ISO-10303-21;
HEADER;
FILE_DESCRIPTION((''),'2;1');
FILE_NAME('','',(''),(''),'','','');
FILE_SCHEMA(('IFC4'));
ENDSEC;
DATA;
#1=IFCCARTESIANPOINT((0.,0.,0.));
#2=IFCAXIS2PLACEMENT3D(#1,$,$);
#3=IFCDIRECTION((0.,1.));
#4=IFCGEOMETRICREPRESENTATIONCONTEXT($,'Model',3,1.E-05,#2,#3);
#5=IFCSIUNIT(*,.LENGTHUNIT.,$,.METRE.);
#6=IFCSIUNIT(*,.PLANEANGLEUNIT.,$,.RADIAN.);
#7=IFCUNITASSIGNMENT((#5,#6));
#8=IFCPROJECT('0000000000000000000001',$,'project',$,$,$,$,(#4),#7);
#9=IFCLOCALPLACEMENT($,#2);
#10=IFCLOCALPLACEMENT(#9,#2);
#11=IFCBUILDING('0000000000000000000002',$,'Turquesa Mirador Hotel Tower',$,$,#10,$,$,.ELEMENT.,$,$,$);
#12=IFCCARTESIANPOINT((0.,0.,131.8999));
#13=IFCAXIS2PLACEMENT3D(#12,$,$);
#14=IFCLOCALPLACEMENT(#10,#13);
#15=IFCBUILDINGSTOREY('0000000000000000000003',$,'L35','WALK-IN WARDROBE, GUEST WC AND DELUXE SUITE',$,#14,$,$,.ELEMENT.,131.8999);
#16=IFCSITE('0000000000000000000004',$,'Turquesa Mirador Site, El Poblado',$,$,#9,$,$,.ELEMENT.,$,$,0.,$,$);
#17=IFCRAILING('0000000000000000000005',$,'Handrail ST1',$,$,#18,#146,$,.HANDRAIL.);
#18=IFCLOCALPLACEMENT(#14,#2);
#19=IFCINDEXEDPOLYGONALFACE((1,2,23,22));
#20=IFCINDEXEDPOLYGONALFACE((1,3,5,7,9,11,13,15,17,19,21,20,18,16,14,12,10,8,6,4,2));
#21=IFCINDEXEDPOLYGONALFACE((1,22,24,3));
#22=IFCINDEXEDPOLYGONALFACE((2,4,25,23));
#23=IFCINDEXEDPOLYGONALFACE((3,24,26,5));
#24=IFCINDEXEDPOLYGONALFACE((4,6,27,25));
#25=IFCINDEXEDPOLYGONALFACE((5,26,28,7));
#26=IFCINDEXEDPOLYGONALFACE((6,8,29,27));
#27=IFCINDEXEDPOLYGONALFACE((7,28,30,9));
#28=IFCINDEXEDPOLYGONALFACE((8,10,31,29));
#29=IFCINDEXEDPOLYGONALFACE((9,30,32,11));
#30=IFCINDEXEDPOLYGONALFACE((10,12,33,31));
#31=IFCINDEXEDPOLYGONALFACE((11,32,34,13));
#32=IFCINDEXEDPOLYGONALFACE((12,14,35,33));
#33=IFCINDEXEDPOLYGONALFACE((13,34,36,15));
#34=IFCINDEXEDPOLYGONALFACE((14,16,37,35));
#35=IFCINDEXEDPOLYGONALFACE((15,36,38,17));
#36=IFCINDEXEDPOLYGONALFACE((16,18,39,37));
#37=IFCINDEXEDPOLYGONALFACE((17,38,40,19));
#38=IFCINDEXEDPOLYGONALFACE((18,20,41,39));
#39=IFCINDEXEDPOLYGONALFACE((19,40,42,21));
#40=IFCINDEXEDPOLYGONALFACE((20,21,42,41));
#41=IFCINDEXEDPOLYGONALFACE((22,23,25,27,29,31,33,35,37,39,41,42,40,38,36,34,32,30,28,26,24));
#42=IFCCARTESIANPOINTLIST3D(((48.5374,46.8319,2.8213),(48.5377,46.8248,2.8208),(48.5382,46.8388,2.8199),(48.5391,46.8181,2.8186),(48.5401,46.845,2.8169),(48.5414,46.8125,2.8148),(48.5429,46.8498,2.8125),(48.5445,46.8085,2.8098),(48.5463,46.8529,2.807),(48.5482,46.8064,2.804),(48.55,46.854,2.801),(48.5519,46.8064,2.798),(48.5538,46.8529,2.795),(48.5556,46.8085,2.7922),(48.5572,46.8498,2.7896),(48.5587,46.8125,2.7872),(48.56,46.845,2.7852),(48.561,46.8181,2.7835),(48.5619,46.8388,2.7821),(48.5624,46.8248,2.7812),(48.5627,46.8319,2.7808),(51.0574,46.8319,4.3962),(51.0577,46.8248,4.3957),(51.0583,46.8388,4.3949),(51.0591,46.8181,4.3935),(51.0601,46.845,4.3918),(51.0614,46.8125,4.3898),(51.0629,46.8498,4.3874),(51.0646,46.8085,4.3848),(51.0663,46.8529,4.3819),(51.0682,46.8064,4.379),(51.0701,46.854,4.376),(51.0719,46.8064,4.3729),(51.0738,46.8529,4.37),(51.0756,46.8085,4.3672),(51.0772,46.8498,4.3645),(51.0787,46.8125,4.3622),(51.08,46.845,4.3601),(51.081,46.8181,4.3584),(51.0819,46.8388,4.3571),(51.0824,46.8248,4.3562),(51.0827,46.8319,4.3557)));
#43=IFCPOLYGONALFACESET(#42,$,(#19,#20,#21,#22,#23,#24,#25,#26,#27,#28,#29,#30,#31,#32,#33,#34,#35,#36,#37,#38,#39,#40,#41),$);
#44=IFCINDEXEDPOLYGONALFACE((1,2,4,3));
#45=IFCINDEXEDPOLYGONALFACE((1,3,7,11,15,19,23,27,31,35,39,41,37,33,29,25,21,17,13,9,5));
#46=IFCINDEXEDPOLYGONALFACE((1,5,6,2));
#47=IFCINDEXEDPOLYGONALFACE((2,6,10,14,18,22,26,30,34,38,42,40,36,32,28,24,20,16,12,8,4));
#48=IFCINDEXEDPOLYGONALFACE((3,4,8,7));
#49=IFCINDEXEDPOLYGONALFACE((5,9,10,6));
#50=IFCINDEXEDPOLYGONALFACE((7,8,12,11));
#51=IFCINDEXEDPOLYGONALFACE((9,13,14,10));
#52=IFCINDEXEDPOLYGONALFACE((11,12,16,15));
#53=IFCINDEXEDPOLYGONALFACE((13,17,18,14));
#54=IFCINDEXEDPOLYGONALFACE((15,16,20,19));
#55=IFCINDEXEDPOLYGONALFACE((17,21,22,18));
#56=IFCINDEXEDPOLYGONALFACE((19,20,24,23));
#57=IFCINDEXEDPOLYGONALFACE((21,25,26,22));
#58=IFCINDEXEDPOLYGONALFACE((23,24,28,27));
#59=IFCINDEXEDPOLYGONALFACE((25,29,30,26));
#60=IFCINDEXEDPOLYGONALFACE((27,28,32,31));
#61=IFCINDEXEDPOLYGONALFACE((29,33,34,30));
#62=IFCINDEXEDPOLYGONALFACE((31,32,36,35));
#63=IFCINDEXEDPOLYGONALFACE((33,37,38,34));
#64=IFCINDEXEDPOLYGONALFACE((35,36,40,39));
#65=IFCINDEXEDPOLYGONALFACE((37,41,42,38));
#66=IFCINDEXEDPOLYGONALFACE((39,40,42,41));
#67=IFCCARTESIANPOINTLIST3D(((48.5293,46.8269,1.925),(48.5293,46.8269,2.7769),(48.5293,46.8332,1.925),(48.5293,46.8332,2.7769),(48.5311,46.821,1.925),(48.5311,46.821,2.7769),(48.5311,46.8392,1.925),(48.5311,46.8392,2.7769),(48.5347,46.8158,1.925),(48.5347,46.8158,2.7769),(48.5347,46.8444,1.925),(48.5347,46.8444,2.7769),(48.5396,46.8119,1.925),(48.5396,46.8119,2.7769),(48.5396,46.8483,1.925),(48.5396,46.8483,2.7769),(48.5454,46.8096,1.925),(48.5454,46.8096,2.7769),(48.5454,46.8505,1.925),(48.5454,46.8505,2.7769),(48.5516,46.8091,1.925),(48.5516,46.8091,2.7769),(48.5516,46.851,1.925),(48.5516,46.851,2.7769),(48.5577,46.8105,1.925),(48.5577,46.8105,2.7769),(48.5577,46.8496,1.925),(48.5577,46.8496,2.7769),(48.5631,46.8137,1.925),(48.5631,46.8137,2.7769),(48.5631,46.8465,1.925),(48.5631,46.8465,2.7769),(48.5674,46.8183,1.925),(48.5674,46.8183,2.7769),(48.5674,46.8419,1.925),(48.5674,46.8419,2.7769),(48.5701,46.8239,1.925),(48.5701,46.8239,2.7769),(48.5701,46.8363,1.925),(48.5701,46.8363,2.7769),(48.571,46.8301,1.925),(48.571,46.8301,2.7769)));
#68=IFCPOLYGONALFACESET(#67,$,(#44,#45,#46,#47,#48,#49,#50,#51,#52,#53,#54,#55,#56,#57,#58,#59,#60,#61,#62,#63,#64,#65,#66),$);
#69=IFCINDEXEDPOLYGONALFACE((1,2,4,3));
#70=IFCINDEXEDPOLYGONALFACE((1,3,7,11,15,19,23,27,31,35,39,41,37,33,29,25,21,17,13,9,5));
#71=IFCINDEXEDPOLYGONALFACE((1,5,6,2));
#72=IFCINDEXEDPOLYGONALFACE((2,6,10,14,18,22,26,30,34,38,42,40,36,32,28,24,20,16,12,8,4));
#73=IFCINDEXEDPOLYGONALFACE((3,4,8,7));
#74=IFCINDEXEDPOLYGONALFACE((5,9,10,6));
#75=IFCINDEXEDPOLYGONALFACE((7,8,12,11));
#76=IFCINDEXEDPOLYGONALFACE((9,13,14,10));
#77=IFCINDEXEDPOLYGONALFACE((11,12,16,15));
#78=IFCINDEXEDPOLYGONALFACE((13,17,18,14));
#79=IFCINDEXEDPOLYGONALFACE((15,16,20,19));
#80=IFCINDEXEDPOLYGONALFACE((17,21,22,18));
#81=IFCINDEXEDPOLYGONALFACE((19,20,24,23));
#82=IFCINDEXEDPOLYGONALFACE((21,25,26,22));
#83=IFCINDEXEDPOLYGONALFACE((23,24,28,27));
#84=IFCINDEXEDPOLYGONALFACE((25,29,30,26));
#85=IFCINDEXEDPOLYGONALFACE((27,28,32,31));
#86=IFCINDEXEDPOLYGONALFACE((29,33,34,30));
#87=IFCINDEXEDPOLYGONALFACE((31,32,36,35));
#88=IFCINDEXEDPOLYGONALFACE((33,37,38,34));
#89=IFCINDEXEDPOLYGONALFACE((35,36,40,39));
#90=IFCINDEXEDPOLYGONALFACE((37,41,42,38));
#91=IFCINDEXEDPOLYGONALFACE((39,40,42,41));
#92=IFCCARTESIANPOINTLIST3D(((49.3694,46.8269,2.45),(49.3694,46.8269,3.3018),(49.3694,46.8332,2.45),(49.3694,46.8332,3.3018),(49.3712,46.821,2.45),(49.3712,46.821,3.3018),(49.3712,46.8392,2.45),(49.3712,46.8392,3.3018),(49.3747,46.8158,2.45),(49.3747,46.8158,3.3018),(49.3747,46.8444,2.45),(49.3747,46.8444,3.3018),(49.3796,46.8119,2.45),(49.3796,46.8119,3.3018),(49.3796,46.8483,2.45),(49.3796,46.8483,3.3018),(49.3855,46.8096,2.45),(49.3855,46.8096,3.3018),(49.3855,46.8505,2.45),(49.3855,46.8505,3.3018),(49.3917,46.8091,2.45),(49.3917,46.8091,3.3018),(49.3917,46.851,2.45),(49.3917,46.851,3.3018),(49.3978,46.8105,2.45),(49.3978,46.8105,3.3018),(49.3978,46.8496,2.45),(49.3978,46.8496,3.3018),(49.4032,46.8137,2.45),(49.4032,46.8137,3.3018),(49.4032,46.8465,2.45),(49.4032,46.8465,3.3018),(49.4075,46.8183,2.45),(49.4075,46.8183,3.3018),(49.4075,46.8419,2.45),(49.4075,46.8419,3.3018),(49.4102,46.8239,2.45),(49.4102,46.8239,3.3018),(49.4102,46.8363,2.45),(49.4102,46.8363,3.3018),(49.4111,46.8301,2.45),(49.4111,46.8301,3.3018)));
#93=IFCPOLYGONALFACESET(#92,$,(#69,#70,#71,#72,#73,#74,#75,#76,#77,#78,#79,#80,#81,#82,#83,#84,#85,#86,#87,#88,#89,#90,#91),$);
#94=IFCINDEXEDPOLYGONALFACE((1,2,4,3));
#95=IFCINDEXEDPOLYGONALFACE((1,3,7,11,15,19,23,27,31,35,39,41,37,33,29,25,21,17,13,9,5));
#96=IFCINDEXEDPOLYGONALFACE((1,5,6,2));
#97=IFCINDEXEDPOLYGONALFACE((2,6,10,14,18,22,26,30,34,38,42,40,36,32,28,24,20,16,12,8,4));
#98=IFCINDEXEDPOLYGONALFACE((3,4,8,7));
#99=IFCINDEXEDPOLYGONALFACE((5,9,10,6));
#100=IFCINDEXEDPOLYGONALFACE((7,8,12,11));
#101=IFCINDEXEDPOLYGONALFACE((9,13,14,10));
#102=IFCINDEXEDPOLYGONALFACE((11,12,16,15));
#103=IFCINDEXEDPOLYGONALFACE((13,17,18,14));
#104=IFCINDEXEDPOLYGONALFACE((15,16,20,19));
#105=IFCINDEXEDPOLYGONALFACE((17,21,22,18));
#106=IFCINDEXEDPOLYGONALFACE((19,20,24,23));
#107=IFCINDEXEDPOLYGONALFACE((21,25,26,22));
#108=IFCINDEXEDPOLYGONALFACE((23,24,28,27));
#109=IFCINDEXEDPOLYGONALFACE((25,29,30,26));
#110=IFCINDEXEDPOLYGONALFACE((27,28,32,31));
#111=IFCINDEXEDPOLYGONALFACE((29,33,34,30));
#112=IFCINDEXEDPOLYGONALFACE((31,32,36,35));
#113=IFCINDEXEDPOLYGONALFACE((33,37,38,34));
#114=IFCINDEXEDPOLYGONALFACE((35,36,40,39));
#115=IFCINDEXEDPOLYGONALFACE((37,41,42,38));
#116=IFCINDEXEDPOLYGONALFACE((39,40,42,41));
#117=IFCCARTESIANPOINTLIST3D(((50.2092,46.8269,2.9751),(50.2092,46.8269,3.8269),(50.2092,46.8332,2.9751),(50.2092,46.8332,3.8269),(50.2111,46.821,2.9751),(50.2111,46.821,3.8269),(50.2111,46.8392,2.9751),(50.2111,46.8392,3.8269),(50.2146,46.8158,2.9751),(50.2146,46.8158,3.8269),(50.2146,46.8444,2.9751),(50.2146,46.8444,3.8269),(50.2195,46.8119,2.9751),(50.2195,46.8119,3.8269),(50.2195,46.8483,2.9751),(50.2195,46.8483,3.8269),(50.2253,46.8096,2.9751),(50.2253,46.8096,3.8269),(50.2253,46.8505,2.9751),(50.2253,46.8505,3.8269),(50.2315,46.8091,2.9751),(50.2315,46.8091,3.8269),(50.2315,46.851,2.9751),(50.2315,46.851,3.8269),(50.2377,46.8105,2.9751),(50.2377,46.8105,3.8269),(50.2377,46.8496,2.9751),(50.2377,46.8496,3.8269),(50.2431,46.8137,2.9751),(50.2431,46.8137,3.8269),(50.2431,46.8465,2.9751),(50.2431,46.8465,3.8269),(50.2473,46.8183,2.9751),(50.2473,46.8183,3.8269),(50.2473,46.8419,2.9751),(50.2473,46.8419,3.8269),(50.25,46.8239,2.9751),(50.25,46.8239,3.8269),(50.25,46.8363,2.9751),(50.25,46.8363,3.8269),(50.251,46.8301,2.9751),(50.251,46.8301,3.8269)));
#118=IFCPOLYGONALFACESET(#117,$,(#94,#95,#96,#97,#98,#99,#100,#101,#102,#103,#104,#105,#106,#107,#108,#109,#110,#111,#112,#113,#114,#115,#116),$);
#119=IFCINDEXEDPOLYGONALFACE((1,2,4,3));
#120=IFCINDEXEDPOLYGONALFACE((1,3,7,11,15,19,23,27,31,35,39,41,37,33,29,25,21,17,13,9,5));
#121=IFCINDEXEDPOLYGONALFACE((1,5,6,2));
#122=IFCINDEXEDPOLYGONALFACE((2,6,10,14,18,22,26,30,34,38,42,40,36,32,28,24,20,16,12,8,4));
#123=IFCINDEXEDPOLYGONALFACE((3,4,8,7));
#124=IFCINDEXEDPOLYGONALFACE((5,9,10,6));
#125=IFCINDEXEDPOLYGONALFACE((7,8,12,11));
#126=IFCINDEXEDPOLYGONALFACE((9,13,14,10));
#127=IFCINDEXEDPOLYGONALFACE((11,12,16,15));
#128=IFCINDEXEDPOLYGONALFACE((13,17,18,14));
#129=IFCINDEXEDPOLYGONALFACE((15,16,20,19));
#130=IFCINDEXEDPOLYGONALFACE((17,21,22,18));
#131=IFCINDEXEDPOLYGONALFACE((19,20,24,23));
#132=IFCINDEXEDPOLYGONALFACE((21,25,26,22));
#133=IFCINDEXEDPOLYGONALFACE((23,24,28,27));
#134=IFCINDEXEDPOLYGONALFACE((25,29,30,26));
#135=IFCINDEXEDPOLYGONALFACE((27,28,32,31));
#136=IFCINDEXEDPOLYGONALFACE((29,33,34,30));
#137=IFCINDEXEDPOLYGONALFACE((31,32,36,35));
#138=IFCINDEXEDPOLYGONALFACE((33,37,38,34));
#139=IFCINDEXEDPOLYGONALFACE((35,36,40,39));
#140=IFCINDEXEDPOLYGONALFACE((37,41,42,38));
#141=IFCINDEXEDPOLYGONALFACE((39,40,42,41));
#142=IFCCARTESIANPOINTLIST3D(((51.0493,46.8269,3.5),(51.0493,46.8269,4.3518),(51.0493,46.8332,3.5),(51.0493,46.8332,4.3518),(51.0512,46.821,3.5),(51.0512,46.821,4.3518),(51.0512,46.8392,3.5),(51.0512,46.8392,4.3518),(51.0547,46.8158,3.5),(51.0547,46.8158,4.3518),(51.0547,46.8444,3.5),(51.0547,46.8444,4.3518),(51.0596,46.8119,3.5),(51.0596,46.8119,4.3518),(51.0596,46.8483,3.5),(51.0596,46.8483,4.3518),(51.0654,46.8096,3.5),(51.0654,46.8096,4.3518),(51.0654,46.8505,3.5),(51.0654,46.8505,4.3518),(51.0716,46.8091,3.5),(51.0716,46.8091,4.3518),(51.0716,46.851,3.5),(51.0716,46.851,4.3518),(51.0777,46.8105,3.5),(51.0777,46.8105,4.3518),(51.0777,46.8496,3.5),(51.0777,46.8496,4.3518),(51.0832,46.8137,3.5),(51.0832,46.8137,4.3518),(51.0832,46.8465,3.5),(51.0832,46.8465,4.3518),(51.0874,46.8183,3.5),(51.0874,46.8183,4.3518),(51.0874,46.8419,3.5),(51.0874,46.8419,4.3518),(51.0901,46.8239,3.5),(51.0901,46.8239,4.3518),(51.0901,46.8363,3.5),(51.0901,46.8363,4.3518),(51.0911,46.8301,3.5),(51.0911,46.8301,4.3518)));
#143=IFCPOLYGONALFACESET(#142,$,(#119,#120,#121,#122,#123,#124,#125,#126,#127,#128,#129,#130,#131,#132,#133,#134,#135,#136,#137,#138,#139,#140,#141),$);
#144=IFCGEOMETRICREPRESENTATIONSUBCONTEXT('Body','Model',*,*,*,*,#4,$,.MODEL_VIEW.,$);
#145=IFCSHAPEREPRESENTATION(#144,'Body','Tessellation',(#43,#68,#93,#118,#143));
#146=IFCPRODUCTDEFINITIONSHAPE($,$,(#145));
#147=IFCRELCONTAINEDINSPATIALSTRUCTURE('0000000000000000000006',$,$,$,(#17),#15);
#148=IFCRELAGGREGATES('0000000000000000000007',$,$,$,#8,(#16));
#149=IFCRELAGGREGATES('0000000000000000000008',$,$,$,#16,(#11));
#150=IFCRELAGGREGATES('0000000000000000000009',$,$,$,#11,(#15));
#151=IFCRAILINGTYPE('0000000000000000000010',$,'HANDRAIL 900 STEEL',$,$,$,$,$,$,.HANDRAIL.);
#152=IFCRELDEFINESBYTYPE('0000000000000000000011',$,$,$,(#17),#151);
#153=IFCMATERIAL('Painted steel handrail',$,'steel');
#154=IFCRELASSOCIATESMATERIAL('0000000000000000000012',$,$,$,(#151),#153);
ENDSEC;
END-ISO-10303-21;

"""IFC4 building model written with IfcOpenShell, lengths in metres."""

from ifc_helpers import new_model, si_unit, direction, frame, origin, origin_2d, place, context, subcontext, project, spatial, circle, extrude, material, type_object, element, save


model = new_model("IFC4")

# Units and contexts
model_context = context("Model", 3, precision=1e-05, world=origin(), true_north=direction((0.0, 1.0)))
body_context = subcontext(model_context, "Body", "Model", "MODEL_VIEW")
ifc_project = project(units=[si_unit("LENGTHUNIT", "METRE"), si_unit("PLANEANGLEUNIT", "RADIAN")], contexts=[model_context])

# Site, building, storey
site_placement = place(None, origin())
site = spatial("IfcSite", under=ifc_project, at=site_placement, Name="Turquesa Mirador Site, El Poblado", CompositionType="ELEMENT", RefElevation=0.0)
building_placement = place(site_placement, origin())
building = spatial("IfcBuilding", under=site, at=building_placement, Name="Turquesa Mirador Hotel Tower", CompositionType="ELEMENT")
storey_placement = place(building_placement, frame((0.0, 0.0, 131.8999)))
storey = spatial("IfcBuildingStorey", under=building, at=storey_placement, Name="L35", Description="WALK-IN WARDROBE, GUEST WC AND DELUXE SUITE", CompositionType="ELEMENT", Elevation=131.8999)

# Railing
ifc_material_1 = material(Name="Painted steel handrail", Category="steel")
railing_type = type_object("IfcRailingType", Name="HANDRAIL 900 STEEL", PredefinedType="HANDRAIL", material=ifc_material_1)
for number, where, name in (
    (1, (48.55, 46.8301, 1.925), "Handrail ST1"),
):
    element("IfcRailing", number, at=place(storey_placement, frame(where)), inside=storey, type_object=railing_type, Name=name, PredefinedType="HANDRAIL", context=body_context, shape_type="SweptSolid", body=[
        extrude(circle(Radius=0.0239, at=origin_2d()), frame((0.0, 0.0, 0.876), z_axis=(0.848008, 0.0, 0.529984), x_axis=(0.0, 1.0, 0.0)), (0.0, 0.0, 1.0), 2.9717),
        extrude(circle(Radius=0.021, at=origin_2d()), origin(), (0.0, 0.0, 1.0), 0.8518),
        extrude(circle(Radius=0.021, at=origin_2d()), frame((0.8401, 0.0, 0.5249)), (0.0, 0.0, 1.0), 0.8518),
        extrude(circle(Radius=0.021, at=origin_2d()), frame((1.6799, 0.0, 1.05)), (0.0, 0.0, 1.0), 0.8518),
        extrude(circle(Radius=0.021, at=origin_2d()), frame((2.52, 0.0, 1.575)), (0.0, 0.0, 1.0), 0.8518),
    ])

save(model, "model.ifc")
